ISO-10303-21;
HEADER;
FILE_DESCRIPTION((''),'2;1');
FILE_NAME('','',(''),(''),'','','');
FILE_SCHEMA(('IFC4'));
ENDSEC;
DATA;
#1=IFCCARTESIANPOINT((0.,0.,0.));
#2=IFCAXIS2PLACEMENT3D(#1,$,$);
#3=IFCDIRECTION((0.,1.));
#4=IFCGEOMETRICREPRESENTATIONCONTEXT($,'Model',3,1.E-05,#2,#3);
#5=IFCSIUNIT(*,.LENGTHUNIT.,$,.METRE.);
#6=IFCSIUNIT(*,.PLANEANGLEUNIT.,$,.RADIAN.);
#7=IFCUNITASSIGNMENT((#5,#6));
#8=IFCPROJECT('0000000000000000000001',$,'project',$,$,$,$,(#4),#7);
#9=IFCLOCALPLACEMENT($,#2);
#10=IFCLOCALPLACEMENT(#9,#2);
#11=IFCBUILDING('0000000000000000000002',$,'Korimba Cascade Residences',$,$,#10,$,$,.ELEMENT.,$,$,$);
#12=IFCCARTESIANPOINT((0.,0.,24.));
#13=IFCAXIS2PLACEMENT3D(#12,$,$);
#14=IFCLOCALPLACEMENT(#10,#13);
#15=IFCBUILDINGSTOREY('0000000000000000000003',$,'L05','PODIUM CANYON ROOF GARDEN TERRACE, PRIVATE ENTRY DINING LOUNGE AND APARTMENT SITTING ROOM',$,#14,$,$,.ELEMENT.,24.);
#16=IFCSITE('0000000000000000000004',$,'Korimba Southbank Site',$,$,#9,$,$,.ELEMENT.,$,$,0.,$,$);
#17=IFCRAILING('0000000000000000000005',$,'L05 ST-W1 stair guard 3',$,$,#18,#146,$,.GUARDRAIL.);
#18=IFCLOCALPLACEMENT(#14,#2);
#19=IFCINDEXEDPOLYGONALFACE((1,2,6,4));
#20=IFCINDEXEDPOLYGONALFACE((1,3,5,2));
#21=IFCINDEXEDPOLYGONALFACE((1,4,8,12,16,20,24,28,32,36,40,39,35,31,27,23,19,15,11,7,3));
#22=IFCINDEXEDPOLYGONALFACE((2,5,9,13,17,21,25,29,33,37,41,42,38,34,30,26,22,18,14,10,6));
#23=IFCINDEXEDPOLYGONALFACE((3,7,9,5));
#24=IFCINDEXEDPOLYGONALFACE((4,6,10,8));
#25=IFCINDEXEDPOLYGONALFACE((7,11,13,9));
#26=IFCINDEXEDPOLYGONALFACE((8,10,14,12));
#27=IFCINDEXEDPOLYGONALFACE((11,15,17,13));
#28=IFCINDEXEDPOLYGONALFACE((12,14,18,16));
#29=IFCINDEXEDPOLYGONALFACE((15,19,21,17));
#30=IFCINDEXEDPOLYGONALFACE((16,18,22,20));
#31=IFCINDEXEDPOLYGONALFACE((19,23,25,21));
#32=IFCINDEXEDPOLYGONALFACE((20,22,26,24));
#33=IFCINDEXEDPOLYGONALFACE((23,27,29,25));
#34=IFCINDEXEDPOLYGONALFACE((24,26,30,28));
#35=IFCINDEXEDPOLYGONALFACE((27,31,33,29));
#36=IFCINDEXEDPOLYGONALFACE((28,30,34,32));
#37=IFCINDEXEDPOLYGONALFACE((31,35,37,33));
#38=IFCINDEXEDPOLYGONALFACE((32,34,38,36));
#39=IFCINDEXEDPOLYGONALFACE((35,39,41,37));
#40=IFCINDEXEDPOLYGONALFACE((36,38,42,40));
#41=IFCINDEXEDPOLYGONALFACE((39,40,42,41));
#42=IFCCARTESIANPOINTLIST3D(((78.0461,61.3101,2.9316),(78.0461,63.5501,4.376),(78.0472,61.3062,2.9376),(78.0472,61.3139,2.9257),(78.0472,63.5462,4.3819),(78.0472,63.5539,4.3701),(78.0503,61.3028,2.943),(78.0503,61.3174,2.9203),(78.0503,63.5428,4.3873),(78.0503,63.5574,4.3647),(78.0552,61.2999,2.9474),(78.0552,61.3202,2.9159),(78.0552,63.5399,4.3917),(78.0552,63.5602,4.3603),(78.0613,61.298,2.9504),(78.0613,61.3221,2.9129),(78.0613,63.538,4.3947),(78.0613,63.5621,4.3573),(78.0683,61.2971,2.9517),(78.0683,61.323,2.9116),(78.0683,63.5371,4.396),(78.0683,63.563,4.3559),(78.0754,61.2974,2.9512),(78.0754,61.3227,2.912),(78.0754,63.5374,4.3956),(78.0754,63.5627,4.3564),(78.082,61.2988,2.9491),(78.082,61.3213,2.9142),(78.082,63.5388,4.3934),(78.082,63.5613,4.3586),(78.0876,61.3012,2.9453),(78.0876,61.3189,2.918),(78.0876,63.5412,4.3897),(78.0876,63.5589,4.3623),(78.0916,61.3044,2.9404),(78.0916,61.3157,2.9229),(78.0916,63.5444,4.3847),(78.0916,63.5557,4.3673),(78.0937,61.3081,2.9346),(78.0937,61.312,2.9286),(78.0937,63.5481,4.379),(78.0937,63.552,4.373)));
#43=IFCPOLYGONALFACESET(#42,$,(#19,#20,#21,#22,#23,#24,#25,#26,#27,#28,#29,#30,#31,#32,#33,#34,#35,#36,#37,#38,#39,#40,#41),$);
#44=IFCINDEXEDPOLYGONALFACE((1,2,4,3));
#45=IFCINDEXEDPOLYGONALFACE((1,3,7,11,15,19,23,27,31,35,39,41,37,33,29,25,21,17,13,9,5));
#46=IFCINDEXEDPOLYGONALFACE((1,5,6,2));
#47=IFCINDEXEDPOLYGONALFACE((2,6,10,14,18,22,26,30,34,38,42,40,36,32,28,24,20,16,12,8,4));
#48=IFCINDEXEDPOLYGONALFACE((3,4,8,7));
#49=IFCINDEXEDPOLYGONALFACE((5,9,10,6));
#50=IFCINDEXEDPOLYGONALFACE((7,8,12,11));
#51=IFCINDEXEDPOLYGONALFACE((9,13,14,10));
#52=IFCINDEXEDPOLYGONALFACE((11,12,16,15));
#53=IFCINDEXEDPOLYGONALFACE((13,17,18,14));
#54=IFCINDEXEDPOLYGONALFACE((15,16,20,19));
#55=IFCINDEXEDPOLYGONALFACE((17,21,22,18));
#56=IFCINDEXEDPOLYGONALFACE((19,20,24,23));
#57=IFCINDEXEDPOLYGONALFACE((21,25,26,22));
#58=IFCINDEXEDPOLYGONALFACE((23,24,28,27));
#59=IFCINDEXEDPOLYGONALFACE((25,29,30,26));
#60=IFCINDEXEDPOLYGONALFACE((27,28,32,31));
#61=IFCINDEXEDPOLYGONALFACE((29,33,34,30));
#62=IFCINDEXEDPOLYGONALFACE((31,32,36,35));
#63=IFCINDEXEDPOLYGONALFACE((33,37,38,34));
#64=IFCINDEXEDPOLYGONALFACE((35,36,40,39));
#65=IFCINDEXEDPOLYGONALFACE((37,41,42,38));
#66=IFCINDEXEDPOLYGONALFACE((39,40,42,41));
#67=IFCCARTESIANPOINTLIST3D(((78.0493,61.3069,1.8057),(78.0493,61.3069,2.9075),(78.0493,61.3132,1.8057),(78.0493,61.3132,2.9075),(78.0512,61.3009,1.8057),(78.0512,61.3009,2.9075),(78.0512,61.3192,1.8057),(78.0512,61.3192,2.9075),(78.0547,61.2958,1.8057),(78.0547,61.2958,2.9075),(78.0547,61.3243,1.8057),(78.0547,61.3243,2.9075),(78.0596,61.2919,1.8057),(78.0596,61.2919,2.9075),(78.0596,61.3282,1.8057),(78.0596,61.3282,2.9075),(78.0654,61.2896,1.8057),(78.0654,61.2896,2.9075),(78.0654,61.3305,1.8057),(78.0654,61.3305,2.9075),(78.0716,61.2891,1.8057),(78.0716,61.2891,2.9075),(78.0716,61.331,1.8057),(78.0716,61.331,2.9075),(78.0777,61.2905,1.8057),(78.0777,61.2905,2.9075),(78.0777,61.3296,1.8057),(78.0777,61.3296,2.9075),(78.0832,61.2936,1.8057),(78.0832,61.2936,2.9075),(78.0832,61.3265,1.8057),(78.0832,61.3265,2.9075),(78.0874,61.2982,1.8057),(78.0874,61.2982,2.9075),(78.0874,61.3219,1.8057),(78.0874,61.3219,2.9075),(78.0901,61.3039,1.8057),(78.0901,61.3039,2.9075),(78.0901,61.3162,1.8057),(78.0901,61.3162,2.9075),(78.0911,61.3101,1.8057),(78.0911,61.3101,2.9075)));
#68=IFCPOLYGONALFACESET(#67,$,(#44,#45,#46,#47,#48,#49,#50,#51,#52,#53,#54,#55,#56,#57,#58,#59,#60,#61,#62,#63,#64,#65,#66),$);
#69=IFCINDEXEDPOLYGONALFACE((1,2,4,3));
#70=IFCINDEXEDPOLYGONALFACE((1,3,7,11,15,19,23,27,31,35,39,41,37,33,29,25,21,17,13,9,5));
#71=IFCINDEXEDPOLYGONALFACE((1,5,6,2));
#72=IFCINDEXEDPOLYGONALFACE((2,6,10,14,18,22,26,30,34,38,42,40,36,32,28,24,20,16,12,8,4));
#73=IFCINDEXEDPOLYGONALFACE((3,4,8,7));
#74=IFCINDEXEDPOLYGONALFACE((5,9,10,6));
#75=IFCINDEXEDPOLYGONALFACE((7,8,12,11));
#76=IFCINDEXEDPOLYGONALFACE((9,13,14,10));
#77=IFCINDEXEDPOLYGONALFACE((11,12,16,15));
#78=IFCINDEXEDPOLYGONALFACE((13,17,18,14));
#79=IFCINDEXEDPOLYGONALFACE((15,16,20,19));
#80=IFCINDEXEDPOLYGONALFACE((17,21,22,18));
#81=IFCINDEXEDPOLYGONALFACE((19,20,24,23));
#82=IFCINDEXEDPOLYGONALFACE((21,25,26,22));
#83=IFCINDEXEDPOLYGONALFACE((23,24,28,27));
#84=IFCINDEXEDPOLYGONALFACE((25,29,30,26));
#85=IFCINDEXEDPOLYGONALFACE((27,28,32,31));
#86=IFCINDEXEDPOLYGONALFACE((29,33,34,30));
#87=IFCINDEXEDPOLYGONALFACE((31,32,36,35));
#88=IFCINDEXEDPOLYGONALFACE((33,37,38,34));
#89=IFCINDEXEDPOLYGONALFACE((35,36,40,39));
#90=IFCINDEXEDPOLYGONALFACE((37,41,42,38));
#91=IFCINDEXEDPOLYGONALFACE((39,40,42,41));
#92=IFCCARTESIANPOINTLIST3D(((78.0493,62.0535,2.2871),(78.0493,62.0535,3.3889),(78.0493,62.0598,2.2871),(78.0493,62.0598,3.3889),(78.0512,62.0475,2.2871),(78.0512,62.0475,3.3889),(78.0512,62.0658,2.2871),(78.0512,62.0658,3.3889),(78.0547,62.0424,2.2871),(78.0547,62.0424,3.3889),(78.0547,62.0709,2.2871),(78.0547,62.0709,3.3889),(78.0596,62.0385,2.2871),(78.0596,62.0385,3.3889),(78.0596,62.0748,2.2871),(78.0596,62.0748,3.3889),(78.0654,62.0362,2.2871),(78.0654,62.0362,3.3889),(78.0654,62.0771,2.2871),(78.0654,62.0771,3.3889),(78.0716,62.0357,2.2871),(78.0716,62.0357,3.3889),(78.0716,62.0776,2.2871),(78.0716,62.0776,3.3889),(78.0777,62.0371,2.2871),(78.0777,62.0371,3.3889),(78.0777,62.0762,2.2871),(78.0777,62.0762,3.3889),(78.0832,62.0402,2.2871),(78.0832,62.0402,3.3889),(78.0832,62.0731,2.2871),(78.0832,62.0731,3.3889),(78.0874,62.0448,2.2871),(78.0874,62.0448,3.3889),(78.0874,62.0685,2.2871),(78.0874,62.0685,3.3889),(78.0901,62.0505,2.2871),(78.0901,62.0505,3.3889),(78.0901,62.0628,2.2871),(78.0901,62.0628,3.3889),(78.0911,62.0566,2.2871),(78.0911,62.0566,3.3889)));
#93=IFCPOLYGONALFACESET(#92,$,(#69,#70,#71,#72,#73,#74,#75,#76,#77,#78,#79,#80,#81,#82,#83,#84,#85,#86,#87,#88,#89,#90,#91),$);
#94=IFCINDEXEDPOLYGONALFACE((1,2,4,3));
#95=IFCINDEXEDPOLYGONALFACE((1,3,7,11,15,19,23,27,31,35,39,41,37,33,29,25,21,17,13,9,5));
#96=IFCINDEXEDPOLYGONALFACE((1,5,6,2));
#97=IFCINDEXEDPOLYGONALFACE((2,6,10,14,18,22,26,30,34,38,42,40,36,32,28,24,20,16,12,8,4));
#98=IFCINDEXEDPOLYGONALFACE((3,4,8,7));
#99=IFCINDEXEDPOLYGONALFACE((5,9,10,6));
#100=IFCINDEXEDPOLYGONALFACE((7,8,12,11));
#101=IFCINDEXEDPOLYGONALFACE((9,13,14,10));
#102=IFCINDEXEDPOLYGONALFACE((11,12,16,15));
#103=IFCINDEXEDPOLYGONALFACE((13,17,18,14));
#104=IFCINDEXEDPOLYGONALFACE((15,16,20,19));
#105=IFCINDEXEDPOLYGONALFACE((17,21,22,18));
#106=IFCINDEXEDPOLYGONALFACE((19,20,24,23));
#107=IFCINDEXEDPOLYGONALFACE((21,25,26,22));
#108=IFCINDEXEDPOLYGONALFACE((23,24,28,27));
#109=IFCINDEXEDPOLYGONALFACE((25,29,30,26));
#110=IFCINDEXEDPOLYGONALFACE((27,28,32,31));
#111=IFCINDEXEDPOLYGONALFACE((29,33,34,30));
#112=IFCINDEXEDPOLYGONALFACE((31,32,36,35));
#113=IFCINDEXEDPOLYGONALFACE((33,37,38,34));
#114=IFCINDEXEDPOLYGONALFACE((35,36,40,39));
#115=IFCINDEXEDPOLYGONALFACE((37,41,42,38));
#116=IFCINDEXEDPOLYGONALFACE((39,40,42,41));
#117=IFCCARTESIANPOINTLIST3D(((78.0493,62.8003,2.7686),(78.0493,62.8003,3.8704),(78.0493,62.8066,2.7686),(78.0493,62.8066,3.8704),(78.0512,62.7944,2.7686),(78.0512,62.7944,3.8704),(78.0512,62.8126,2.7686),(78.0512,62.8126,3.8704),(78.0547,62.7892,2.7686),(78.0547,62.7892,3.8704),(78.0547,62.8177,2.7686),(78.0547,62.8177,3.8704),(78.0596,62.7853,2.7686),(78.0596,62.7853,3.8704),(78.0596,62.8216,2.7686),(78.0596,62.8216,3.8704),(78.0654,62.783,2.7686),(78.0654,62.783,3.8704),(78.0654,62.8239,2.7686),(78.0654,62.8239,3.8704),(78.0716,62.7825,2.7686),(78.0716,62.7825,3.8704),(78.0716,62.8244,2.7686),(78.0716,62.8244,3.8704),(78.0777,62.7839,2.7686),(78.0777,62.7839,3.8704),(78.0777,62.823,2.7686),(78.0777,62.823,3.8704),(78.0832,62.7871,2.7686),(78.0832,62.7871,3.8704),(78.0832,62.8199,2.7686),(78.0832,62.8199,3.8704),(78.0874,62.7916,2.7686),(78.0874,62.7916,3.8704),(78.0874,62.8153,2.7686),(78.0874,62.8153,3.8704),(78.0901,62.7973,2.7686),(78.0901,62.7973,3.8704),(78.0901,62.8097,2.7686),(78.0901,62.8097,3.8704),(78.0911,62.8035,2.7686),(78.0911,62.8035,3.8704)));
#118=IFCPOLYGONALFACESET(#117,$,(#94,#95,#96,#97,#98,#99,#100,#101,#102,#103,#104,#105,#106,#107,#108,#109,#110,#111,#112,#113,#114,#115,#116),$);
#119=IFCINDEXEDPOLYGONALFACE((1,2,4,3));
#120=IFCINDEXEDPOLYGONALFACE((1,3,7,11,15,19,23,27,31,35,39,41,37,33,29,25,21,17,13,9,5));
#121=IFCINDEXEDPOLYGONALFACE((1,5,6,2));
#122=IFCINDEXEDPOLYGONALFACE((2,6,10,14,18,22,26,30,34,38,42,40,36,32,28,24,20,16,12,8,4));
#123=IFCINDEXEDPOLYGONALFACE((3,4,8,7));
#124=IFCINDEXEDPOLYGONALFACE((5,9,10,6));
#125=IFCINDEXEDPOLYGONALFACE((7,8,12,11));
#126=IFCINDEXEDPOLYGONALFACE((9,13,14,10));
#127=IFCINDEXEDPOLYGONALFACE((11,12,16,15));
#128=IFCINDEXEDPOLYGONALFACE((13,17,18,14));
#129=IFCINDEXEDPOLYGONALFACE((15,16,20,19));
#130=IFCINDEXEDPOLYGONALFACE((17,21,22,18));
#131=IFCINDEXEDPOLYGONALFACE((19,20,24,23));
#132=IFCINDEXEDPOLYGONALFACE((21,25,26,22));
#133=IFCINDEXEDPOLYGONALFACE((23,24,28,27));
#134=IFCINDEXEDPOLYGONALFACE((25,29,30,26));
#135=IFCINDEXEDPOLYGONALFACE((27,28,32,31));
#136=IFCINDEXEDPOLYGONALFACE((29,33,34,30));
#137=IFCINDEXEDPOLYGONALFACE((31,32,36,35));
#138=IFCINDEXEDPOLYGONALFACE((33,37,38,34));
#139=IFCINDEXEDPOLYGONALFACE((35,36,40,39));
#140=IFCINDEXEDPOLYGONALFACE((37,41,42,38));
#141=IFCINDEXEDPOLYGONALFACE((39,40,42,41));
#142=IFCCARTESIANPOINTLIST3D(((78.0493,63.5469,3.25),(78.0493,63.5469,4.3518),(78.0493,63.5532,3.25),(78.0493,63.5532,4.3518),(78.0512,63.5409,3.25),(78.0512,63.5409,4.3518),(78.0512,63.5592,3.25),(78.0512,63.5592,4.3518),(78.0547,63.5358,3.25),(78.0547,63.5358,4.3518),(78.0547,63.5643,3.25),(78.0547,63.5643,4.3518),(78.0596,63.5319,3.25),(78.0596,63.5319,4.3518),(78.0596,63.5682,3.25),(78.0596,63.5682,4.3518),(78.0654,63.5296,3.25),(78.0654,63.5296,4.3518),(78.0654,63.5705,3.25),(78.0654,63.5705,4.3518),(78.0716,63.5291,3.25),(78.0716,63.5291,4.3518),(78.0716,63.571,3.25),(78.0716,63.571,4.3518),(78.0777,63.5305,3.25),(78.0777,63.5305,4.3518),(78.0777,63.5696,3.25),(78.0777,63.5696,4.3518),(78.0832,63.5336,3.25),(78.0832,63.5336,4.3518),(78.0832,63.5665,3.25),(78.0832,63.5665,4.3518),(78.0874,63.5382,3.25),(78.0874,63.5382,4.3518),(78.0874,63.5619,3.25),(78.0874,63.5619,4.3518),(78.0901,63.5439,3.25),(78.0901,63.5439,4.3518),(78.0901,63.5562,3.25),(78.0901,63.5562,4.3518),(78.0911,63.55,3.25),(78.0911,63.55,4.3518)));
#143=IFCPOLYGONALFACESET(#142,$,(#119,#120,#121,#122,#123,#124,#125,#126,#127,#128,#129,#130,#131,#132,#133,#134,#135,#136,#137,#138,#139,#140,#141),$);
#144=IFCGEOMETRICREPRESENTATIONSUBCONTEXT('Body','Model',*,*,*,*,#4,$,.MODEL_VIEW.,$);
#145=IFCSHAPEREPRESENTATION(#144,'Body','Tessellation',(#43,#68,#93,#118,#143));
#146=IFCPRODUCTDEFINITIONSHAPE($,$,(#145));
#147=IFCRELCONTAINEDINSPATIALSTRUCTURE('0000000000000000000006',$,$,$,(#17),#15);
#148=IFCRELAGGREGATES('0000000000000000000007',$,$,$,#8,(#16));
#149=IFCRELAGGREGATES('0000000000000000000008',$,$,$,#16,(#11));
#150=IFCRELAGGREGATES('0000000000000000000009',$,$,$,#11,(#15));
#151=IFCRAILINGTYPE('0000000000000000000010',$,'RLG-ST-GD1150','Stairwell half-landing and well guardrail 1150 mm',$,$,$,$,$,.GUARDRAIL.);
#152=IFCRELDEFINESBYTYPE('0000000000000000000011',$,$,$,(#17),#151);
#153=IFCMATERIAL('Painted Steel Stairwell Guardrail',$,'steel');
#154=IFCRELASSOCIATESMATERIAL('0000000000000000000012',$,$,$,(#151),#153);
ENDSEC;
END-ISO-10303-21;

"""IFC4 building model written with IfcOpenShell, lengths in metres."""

from ifc_helpers import new_model, si_unit, direction, frame, origin, origin_2d, place, context, subcontext, project, spatial, circle, extrude, material, type_object, element, save


model = new_model("IFC4")

# Units and contexts
model_context = context("Model", 3, precision=1e-05, world=origin(), true_north=direction((0.0, 1.0)))
body_context = subcontext(model_context, "Body", "Model", "MODEL_VIEW")
ifc_project = project(units=[si_unit("LENGTHUNIT", "METRE"), si_unit("PLANEANGLEUNIT", "RADIAN")], contexts=[model_context])

# Site, building, storey
site_placement = place(None, origin())
site = spatial("IfcSite", under=ifc_project, at=site_placement, Name="Korimba Southbank Site", CompositionType="ELEMENT", RefElevation=0.0)
building_placement = place(site_placement, origin())
building = spatial("IfcBuilding", under=site, at=building_placement, Name="Korimba Cascade Residences", CompositionType="ELEMENT")
storey_placement = place(building_placement, frame((0.0, 0.0, 24.0)))
storey = spatial("IfcBuildingStorey", under=building, at=storey_placement, Name="L05", Description="PODIUM CANYON ROOF GARDEN TERRACE, PRIVATE ENTRY DINING LOUNGE AND APARTMENT SITTING ROOM", CompositionType="ELEMENT", Elevation=24.0)

# Railing
ifc_material_1 = material(Name="Painted Steel Stairwell Guardrail", Category="steel")
railing_type = type_object("IfcRailingType", Name="RLG-ST-GD1150", Description="Stairwell half-landing and well guardrail 1150 mm", PredefinedType="GUARDRAIL", material=ifc_material_1)
railing_1_placement = place(storey_placement, frame((78.0701, 61.3101, 1.8057)))
element("IfcRailing", 1, at=railing_1_placement, inside=storey, type_object=railing_type, Name="L05 ST-W1 stair guard 3", PredefinedType="GUARDRAIL", context=body_context, shape_type="SweptSolid", body=[
    extrude(circle(Radius=0.0239, at=origin_2d()), frame((0.0, 0.0, 1.126), z_axis=(0.0, 0.840437, 0.54191), x_axis=(-1.0, 0.0, 0.0)), (0.0, 0.0, 1.0), 2.6653),
    extrude(circle(Radius=0.021, at=origin_2d()), origin(), (0.0, 0.0, 1.0), 1.1018),
    extrude(circle(Radius=0.021, at=origin_2d()), frame((0.0, 0.7466, 0.4814)), (0.0, 0.0, 1.0), 1.1018),
    extrude(circle(Radius=0.021, at=origin_2d()), frame((0.0, 1.4934, 0.9629)), (0.0, 0.0, 1.0), 1.1018),
    extrude(circle(Radius=0.021, at=origin_2d()), frame((0.0, 2.24, 1.4443)), (0.0, 0.0, 1.0), 1.1018),
])

save(model, "model.ifc")
